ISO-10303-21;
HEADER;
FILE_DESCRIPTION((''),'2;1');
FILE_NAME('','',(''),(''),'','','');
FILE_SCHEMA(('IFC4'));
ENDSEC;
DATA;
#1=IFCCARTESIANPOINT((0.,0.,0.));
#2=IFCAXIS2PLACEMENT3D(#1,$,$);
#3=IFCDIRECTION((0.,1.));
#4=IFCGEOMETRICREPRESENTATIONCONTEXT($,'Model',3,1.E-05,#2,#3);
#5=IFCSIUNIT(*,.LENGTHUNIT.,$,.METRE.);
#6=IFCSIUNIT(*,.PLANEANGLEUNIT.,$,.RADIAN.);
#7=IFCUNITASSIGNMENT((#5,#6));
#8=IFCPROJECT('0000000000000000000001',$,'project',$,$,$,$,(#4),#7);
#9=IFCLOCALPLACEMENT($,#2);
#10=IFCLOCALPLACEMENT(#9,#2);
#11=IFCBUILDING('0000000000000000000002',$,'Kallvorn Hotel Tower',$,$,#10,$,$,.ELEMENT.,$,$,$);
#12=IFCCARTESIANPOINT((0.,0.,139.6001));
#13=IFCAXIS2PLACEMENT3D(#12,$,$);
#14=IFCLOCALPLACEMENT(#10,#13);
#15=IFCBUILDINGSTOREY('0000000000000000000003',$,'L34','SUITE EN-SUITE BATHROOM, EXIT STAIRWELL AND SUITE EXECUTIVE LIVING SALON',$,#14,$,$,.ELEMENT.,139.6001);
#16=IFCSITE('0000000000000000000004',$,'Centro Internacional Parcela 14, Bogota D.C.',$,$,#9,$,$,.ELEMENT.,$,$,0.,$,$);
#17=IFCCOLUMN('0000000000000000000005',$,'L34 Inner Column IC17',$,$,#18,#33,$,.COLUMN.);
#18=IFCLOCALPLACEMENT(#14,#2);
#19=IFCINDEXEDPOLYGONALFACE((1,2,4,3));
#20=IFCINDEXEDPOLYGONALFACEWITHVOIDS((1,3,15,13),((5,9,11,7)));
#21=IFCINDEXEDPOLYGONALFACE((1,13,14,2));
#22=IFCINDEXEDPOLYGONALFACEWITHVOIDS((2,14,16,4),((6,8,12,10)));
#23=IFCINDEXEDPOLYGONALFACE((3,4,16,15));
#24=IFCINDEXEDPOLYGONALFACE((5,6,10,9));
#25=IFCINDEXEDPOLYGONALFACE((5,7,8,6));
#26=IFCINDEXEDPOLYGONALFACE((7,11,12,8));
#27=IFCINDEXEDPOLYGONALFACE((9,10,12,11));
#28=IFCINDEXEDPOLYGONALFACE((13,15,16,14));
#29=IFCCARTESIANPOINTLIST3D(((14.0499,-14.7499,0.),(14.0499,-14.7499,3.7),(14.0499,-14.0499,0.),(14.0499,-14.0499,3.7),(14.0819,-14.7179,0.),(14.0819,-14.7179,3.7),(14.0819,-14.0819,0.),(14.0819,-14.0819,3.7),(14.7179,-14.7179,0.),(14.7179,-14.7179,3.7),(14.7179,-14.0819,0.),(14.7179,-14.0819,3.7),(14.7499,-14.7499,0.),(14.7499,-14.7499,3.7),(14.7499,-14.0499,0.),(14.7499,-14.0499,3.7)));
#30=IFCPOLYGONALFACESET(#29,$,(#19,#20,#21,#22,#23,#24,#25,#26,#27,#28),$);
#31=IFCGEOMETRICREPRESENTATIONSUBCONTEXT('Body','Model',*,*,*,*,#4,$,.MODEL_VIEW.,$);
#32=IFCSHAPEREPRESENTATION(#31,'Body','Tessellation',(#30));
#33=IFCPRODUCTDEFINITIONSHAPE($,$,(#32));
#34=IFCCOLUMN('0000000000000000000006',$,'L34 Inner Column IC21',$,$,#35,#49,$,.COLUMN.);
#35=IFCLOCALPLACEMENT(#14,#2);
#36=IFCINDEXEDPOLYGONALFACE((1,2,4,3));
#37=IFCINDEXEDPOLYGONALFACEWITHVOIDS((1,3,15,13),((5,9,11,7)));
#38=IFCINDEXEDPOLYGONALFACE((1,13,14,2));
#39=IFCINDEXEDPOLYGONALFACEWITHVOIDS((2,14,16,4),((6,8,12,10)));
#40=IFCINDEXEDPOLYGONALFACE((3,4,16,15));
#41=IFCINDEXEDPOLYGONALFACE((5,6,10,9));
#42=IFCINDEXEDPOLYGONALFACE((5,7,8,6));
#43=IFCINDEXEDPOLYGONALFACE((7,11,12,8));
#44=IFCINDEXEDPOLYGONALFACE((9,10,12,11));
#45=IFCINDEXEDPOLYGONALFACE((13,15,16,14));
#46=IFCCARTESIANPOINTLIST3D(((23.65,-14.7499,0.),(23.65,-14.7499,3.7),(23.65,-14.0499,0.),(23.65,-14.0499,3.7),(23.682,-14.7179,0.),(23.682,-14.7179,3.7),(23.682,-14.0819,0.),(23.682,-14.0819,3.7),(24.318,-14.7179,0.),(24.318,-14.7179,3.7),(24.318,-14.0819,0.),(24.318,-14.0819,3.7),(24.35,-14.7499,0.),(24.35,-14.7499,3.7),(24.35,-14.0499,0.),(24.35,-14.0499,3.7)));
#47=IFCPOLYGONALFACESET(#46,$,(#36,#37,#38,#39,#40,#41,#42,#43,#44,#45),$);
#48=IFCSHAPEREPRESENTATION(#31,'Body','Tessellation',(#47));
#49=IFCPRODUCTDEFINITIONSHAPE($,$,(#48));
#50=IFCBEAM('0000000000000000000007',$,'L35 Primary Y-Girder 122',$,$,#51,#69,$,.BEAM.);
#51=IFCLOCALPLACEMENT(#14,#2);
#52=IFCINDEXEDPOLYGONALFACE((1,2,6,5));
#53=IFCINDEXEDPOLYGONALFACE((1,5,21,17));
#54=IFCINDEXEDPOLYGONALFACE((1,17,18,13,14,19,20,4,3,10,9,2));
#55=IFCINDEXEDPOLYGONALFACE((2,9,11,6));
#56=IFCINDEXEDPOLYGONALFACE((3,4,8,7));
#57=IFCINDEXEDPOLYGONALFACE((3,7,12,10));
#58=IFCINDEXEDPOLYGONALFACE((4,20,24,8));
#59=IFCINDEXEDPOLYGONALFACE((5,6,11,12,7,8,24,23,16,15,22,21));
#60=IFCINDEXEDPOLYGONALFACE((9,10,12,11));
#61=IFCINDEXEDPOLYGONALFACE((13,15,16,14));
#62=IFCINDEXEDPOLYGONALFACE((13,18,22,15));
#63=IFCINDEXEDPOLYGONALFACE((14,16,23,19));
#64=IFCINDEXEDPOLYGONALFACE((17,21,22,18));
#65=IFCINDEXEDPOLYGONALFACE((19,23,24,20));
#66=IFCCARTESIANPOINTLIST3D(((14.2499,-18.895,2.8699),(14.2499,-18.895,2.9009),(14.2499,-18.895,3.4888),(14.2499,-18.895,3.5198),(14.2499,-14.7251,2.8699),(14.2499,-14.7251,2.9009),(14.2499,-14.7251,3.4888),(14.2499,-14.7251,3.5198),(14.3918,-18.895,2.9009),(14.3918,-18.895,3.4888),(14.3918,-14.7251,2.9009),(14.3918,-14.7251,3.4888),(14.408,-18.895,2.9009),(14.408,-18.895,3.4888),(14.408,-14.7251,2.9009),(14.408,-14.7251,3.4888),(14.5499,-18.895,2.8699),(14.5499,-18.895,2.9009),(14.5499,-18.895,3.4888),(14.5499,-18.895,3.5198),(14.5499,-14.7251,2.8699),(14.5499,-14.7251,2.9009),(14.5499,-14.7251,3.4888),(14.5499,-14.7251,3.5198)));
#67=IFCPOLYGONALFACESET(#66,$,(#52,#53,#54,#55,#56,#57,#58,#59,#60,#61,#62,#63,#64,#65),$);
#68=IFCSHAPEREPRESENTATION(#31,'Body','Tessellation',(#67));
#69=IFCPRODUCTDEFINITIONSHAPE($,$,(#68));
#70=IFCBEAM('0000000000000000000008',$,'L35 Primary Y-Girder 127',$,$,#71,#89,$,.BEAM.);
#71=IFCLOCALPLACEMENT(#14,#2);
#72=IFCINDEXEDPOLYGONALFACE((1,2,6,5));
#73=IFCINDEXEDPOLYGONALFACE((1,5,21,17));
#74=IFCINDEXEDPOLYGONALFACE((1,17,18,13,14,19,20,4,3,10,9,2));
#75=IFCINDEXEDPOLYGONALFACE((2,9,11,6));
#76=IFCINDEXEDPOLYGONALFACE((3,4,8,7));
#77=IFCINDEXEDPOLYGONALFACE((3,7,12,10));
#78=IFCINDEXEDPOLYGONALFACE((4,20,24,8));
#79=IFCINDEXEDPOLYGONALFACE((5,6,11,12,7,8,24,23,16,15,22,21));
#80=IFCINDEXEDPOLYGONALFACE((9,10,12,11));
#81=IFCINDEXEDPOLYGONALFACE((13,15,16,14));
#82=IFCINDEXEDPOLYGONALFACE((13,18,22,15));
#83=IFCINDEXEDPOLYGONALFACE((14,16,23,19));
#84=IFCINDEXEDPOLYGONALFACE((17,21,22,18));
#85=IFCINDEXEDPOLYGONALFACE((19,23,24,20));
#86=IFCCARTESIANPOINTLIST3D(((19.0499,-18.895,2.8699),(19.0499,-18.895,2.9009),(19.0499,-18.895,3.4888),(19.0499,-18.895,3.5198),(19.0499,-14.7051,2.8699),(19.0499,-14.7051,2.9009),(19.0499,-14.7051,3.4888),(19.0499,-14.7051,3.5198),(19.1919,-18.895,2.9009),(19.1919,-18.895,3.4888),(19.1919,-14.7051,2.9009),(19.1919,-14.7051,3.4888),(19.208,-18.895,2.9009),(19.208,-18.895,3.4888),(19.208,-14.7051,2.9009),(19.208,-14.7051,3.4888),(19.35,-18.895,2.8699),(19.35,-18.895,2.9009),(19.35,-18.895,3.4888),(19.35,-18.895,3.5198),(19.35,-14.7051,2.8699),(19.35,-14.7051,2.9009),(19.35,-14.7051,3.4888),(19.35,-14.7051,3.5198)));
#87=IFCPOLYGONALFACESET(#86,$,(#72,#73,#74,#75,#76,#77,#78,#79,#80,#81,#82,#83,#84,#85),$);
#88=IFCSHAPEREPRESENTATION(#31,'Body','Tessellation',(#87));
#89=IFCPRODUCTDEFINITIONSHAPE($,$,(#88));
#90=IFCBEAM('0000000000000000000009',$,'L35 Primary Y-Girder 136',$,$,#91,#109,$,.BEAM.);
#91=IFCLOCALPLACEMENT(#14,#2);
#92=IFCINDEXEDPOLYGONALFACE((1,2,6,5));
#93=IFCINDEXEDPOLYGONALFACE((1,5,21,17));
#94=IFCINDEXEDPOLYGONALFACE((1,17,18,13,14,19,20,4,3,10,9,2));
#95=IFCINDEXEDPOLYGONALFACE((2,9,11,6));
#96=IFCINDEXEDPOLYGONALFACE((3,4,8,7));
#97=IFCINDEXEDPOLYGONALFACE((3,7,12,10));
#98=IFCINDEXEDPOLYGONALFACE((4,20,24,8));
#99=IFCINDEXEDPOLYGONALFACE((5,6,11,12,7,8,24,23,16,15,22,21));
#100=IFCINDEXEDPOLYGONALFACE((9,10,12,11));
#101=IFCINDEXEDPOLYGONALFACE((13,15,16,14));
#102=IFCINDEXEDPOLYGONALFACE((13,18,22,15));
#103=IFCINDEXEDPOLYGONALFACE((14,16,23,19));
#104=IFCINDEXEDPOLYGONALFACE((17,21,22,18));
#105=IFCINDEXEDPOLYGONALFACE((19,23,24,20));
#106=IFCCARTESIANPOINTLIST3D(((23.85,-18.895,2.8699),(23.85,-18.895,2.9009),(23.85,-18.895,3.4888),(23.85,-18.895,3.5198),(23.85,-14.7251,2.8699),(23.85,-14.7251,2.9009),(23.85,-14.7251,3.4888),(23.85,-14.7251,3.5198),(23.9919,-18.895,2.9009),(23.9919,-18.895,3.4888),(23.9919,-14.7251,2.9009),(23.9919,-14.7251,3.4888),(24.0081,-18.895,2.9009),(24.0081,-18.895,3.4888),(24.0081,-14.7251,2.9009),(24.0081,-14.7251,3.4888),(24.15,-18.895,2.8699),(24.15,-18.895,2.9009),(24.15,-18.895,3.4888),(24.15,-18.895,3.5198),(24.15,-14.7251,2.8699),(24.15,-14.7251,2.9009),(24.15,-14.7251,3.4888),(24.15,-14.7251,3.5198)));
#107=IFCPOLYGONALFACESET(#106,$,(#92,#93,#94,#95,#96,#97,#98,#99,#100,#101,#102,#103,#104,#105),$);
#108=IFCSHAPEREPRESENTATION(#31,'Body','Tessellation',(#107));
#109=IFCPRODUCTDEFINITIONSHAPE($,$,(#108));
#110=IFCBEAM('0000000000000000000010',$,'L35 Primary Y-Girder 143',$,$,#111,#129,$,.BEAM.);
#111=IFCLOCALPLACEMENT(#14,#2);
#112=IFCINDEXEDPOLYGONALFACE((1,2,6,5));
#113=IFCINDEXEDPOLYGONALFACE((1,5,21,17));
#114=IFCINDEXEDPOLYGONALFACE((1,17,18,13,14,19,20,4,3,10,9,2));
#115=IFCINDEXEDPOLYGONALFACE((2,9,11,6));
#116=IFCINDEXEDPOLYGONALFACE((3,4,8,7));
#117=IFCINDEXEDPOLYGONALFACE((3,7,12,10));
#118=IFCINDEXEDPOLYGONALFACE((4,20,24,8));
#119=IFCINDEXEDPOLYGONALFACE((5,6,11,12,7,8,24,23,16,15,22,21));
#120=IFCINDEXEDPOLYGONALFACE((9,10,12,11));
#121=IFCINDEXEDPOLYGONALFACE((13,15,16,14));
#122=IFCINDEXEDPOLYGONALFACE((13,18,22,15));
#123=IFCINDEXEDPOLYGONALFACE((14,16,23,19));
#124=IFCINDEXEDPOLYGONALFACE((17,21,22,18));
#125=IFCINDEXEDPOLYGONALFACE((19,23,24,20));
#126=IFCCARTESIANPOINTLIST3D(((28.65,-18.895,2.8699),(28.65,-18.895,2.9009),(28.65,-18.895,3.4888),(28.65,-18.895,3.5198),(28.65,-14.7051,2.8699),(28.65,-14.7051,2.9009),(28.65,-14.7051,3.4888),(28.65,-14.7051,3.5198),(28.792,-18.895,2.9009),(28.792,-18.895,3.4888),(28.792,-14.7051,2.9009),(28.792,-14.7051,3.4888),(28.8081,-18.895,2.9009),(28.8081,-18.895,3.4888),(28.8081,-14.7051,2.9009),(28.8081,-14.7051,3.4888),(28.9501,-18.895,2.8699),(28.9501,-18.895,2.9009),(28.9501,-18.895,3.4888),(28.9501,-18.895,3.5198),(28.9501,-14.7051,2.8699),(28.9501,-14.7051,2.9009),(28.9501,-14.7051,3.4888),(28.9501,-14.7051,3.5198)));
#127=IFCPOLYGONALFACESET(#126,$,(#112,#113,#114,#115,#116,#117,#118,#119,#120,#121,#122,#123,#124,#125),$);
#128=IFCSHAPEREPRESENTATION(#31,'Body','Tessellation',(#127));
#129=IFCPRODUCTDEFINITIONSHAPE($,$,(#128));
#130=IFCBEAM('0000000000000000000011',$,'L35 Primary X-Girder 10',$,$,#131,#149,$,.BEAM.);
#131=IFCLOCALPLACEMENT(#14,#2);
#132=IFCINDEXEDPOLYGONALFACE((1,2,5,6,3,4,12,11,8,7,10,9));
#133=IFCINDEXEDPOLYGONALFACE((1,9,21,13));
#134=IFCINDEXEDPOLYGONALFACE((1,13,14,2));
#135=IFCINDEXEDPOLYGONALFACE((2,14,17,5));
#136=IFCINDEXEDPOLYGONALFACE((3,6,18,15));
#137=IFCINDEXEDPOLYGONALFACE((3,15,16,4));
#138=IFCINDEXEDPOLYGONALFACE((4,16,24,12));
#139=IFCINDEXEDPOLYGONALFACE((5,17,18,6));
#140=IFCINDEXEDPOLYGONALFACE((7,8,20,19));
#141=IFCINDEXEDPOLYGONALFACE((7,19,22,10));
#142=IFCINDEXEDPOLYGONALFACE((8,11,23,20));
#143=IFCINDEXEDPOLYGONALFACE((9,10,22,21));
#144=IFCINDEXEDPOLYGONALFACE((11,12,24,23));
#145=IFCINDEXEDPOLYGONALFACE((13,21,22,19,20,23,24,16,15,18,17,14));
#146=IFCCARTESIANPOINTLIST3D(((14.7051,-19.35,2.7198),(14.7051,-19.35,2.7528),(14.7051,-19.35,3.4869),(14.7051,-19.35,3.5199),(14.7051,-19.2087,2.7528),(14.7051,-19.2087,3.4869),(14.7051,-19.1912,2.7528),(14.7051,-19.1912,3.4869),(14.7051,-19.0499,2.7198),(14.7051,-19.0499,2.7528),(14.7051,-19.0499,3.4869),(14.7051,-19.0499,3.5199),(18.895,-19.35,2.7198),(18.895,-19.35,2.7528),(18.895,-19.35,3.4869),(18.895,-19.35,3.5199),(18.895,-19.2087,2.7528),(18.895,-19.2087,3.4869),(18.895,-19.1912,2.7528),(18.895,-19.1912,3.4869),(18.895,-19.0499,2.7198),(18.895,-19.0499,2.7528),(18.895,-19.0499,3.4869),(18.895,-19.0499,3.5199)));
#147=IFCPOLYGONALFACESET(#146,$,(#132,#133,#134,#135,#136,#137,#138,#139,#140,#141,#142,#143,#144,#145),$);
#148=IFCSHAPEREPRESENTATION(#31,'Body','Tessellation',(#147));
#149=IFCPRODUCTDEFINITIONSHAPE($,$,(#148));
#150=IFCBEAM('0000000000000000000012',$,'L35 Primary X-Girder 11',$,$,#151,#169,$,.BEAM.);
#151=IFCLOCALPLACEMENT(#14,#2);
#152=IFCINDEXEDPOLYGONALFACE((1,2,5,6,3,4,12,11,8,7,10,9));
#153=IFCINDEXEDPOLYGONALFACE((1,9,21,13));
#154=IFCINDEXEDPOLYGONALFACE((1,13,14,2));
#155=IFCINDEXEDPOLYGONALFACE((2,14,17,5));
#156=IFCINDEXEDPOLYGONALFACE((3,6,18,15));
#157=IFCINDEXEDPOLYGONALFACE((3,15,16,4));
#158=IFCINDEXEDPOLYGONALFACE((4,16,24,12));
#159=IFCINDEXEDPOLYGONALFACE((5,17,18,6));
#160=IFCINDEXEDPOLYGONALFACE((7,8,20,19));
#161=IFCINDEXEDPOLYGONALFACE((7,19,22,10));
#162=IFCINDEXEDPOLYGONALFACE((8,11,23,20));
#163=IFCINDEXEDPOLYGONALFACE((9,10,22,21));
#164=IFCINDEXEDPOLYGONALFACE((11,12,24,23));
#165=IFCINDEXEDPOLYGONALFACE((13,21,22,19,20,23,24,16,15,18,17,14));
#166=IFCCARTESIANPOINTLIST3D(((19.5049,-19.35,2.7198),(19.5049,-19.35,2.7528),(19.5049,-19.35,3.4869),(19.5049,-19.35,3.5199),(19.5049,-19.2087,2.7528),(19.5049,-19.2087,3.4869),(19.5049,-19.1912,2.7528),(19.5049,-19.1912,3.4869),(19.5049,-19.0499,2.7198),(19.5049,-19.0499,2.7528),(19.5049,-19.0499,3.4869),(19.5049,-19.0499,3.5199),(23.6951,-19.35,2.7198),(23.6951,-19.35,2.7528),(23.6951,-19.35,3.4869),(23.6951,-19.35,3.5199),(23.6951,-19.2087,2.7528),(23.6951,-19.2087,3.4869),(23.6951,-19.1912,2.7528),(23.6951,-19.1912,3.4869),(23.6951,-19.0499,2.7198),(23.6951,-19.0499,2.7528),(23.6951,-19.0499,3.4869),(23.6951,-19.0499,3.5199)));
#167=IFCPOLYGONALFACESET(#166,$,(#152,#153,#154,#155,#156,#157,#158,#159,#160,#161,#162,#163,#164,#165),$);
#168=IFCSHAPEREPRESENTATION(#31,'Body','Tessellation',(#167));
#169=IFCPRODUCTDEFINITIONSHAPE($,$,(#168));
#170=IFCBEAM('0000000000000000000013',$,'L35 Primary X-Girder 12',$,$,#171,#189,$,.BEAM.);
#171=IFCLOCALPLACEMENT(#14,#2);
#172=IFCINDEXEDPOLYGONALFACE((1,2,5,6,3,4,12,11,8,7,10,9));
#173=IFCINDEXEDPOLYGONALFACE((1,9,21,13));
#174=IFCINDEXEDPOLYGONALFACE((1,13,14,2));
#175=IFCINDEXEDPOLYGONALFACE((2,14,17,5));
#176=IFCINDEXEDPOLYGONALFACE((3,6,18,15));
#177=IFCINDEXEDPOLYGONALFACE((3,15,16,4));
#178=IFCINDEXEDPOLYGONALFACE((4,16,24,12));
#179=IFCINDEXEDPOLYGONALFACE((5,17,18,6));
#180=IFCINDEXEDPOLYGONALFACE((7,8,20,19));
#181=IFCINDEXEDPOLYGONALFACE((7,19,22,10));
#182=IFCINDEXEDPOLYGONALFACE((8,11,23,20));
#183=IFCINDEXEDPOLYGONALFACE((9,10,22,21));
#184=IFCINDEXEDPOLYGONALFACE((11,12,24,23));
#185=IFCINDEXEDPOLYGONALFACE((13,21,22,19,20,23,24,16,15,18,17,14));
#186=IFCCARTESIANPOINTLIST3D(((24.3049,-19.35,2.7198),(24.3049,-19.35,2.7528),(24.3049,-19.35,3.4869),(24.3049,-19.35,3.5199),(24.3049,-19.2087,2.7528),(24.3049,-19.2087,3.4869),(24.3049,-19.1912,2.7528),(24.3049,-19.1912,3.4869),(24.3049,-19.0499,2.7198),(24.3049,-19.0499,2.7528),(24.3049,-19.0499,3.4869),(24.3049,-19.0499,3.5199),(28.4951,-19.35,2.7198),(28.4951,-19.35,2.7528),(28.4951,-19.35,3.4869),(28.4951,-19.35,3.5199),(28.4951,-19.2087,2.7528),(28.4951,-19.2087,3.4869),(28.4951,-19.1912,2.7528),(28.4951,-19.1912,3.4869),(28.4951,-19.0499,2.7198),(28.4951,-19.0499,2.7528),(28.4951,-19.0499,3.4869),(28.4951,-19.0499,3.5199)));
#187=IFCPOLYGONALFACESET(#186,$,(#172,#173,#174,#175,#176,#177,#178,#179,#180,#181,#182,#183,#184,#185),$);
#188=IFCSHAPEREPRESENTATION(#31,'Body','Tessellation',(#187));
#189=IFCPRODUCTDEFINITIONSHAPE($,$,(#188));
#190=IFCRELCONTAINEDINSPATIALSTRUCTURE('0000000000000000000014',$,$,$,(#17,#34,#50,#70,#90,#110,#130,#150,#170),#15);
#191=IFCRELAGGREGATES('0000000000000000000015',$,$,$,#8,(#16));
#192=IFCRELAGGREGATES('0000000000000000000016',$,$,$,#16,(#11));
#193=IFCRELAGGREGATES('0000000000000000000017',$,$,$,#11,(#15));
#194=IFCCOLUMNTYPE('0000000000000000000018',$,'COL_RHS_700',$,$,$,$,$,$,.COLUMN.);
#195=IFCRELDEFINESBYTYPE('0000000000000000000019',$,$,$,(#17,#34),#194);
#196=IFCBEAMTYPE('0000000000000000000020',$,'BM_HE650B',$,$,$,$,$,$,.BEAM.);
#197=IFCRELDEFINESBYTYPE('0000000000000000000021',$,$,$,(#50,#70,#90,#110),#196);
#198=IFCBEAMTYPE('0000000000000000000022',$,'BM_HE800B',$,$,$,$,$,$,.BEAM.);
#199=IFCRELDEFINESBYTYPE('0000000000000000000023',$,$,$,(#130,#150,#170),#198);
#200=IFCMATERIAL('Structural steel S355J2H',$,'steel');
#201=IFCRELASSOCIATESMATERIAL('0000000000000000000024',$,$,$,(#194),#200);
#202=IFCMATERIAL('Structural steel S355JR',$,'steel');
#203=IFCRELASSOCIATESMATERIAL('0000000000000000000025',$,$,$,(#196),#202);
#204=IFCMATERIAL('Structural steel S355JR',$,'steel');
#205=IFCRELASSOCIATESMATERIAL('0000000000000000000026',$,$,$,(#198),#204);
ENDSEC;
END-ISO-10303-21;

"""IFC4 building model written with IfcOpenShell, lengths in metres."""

from ifc_helpers import new_model, si_unit, direction, frame, origin, origin_2d, place, context, subcontext, project, spatial, hollow_rectangle, i_section, extrude, material, material_profile, profile_set, type_object, element, save


model = new_model("IFC4")

# Units and contexts
model_context = context("Model", 3, precision=1e-05, world=origin(), true_north=direction((0.0, 1.0)))
body_context = subcontext(model_context, "Body", "Model", "MODEL_VIEW")
ifc_project = project(units=[si_unit("LENGTHUNIT", "METRE"), si_unit("PLANEANGLEUNIT", "RADIAN")], contexts=[model_context])

# Site, building, storey
site_placement = place(None, origin())
site = spatial("IfcSite", under=ifc_project, at=site_placement, Name="Centro Internacional Parcela 14, Bogota D.C.", CompositionType="ELEMENT", RefElevation=0.0)
building_placement = place(site_placement, origin())
building = spatial("IfcBuilding", under=site, at=building_placement, Name="Kallvorn Hotel Tower", CompositionType="ELEMENT")
storey_placement = place(building_placement, frame((0.0, 0.0, 139.6001)))
storey = spatial("IfcBuildingStorey", under=building, at=storey_placement, Name="L34", Description="SUITE EN-SUITE BATHROOM, EXIT STAIRWELL AND SUITE EXECUTIVE LIVING SALON", CompositionType="ELEMENT", Elevation=139.6001)

# Columns
ifc_material_1 = material(Name="Structural steel S355J2H", Category="steel")
ifc_material_profile_1 = material_profile(ifc_material_1, hollow_rectangle(XDim=0.7, YDim=0.7, WallThickness=0.032, at=origin_2d()), Name="RHS 700x700x32")
ifc_profile_set_1 = profile_set([ifc_material_profile_1], Name="Structural steel S355J2H")
column_type_1 = type_object("IfcColumnType", Name="COL_RHS_700", PredefinedType="COLUMN", material=ifc_profile_set_1)
for number, where, z_axis, x_axis, name in (
    (1, (14.3999, -14.3999, 0.0), (0.0, 0.0, 1.0), (1.0, 0.0, 0.0), "L34 Inner Column IC17"),
    (2, (24.0, -14.3999, 0.0), (0.0, 0.0, 1.0), (1.0, 0.0, 0.0), "L34 Inner Column IC21"),
):
    element("IfcColumn", number, at=place(storey_placement, frame(where, z_axis=z_axis, x_axis=x_axis)), inside=storey, type_object=column_type_1, Name=name, PredefinedType="COLUMN", context=body_context, shape_type="SweptSolid", body=[
        extrude(hollow_rectangle(XDim=0.7, YDim=0.7, WallThickness=0.032, at=origin_2d()), origin(), (0.0, 0.0, 1.0), 3.7),
    ])

# Beams
ifc_material_2 = material(Name="Structural steel S355JR", Category="steel")
ifc_material_profile_2 = material_profile(ifc_material_2, i_section(OverallWidth=0.3, OverallDepth=0.6499, WebThickness=0.0161, FlangeThickness=0.031, at=origin_2d()), Name="HE 650 B")
ifc_profile_set_2 = profile_set([ifc_material_profile_2], Name="Structural steel S355JR")
beam_type_1 = type_object("IfcBeamType", Name="BM_HE650B", PredefinedType="BEAM", material=ifc_profile_set_2)
beam_1_placement = place(storey_placement, frame((14.3999, -18.895, 3.1948), z_axis=(0.0, 1.0, 0.0), x_axis=(-1.0, 0.0, 0.0)))
element("IfcBeam", 3, at=beam_1_placement, inside=storey, type_object=beam_type_1, Name="L35 Primary Y-Girder 122", PredefinedType="BEAM", context=body_context, shape_type="SweptSolid", body=[
    extrude(i_section(OverallWidth=0.3, OverallDepth=0.6499, WebThickness=0.0161, FlangeThickness=0.031, at=origin_2d()), origin(), (0.0, 0.0, 1.0), 4.1699),
])
beam_2_placement = place(storey_placement, frame((19.2, -18.895, 3.1948), z_axis=(0.0, 1.0, 0.0), x_axis=(-1.0, 0.0, 0.0)))
element("IfcBeam", 4, at=beam_2_placement, inside=storey, type_object=beam_type_1, Name="L35 Primary Y-Girder 127", PredefinedType="BEAM", context=body_context, shape_type="SweptSolid", body=[
    extrude(i_section(OverallWidth=0.3, OverallDepth=0.6499, WebThickness=0.0161, FlangeThickness=0.031, at=origin_2d()), origin(), (0.0, 0.0, 1.0), 4.1899),
])
beam_3_placement = place(storey_placement, frame((24.0, -18.895, 3.1948), z_axis=(0.0, 1.0, 0.0), x_axis=(-1.0, 0.0, 0.0)))
element("IfcBeam", 5, at=beam_3_placement, inside=storey, type_object=beam_type_1, Name="L35 Primary Y-Girder 136", PredefinedType="BEAM", context=body_context, shape_type="SweptSolid", body=[
    extrude(i_section(OverallWidth=0.3, OverallDepth=0.6499, WebThickness=0.0161, FlangeThickness=0.031, at=origin_2d()), origin(), (0.0, 0.0, 1.0), 4.1699),
])
beam_4_placement = place(storey_placement, frame((28.8, -18.895, 3.1948), z_axis=(0.0, 1.0, 0.0), x_axis=(-1.0, 0.0, 0.0)))
element("IfcBeam", 6, at=beam_4_placement, inside=storey, type_object=beam_type_1, Name="L35 Primary Y-Girder 143", PredefinedType="BEAM", context=body_context, shape_type="SweptSolid", body=[
    extrude(i_section(OverallWidth=0.3, OverallDepth=0.6499, WebThickness=0.0161, FlangeThickness=0.031, at=origin_2d()), origin(), (0.0, 0.0, 1.0), 4.1899),
])
ifc_material_3 = material(Name="Structural steel S355JR", Category="steel")
ifc_material_profile_3 = material_profile(ifc_material_3, i_section(OverallWidth=0.3, OverallDepth=0.8, WebThickness=0.0176, FlangeThickness=0.033, at=origin_2d()), Name="HE 800 B")
ifc_profile_set_3 = profile_set([ifc_material_profile_3], Name="Structural steel S355JR")
beam_type_2 = type_object("IfcBeamType", Name="BM_HE800B", PredefinedType="BEAM", material=ifc_profile_set_3)
beam_5_placement = place(storey_placement, frame((14.7051, -19.2, 3.1199), z_axis=(1.0, 0.0, 0.0), x_axis=(0.0, 1.0, 0.0)))
element("IfcBeam", 7, at=beam_5_placement, inside=storey, type_object=beam_type_2, Name="L35 Primary X-Girder 10", PredefinedType="BEAM", context=body_context, shape_type="SweptSolid", body=[
    extrude(i_section(OverallWidth=0.3, OverallDepth=0.8, WebThickness=0.0176, FlangeThickness=0.033, at=origin_2d()), origin(), (0.0, 0.0, 1.0), 4.1899),
])
for number, where, z_axis, x_axis, name in (
    (8, (19.5049, -19.2, 3.1199), (1.0, 0.0, 0.0), (0.0, 1.0, 0.0), "L35 Primary X-Girder 11"),
    (9, (24.3049, -19.2, 3.1199), (1.0, 0.0, 0.0), (0.0, 1.0, 0.0), "L35 Primary X-Girder 12"),
):
    element("IfcBeam", number, at=place(storey_placement, frame(where, z_axis=z_axis, x_axis=x_axis)), inside=storey, type_object=beam_type_2, Name=name, PredefinedType="BEAM", context=body_context, shape_type="SweptSolid", body=[
        extrude(i_section(OverallWidth=0.3, OverallDepth=0.8, WebThickness=0.0176, FlangeThickness=0.033, at=origin_2d()), origin(), (0.0, 0.0, 1.0), 4.1902),
    ])

save(model, "model.ifc")
